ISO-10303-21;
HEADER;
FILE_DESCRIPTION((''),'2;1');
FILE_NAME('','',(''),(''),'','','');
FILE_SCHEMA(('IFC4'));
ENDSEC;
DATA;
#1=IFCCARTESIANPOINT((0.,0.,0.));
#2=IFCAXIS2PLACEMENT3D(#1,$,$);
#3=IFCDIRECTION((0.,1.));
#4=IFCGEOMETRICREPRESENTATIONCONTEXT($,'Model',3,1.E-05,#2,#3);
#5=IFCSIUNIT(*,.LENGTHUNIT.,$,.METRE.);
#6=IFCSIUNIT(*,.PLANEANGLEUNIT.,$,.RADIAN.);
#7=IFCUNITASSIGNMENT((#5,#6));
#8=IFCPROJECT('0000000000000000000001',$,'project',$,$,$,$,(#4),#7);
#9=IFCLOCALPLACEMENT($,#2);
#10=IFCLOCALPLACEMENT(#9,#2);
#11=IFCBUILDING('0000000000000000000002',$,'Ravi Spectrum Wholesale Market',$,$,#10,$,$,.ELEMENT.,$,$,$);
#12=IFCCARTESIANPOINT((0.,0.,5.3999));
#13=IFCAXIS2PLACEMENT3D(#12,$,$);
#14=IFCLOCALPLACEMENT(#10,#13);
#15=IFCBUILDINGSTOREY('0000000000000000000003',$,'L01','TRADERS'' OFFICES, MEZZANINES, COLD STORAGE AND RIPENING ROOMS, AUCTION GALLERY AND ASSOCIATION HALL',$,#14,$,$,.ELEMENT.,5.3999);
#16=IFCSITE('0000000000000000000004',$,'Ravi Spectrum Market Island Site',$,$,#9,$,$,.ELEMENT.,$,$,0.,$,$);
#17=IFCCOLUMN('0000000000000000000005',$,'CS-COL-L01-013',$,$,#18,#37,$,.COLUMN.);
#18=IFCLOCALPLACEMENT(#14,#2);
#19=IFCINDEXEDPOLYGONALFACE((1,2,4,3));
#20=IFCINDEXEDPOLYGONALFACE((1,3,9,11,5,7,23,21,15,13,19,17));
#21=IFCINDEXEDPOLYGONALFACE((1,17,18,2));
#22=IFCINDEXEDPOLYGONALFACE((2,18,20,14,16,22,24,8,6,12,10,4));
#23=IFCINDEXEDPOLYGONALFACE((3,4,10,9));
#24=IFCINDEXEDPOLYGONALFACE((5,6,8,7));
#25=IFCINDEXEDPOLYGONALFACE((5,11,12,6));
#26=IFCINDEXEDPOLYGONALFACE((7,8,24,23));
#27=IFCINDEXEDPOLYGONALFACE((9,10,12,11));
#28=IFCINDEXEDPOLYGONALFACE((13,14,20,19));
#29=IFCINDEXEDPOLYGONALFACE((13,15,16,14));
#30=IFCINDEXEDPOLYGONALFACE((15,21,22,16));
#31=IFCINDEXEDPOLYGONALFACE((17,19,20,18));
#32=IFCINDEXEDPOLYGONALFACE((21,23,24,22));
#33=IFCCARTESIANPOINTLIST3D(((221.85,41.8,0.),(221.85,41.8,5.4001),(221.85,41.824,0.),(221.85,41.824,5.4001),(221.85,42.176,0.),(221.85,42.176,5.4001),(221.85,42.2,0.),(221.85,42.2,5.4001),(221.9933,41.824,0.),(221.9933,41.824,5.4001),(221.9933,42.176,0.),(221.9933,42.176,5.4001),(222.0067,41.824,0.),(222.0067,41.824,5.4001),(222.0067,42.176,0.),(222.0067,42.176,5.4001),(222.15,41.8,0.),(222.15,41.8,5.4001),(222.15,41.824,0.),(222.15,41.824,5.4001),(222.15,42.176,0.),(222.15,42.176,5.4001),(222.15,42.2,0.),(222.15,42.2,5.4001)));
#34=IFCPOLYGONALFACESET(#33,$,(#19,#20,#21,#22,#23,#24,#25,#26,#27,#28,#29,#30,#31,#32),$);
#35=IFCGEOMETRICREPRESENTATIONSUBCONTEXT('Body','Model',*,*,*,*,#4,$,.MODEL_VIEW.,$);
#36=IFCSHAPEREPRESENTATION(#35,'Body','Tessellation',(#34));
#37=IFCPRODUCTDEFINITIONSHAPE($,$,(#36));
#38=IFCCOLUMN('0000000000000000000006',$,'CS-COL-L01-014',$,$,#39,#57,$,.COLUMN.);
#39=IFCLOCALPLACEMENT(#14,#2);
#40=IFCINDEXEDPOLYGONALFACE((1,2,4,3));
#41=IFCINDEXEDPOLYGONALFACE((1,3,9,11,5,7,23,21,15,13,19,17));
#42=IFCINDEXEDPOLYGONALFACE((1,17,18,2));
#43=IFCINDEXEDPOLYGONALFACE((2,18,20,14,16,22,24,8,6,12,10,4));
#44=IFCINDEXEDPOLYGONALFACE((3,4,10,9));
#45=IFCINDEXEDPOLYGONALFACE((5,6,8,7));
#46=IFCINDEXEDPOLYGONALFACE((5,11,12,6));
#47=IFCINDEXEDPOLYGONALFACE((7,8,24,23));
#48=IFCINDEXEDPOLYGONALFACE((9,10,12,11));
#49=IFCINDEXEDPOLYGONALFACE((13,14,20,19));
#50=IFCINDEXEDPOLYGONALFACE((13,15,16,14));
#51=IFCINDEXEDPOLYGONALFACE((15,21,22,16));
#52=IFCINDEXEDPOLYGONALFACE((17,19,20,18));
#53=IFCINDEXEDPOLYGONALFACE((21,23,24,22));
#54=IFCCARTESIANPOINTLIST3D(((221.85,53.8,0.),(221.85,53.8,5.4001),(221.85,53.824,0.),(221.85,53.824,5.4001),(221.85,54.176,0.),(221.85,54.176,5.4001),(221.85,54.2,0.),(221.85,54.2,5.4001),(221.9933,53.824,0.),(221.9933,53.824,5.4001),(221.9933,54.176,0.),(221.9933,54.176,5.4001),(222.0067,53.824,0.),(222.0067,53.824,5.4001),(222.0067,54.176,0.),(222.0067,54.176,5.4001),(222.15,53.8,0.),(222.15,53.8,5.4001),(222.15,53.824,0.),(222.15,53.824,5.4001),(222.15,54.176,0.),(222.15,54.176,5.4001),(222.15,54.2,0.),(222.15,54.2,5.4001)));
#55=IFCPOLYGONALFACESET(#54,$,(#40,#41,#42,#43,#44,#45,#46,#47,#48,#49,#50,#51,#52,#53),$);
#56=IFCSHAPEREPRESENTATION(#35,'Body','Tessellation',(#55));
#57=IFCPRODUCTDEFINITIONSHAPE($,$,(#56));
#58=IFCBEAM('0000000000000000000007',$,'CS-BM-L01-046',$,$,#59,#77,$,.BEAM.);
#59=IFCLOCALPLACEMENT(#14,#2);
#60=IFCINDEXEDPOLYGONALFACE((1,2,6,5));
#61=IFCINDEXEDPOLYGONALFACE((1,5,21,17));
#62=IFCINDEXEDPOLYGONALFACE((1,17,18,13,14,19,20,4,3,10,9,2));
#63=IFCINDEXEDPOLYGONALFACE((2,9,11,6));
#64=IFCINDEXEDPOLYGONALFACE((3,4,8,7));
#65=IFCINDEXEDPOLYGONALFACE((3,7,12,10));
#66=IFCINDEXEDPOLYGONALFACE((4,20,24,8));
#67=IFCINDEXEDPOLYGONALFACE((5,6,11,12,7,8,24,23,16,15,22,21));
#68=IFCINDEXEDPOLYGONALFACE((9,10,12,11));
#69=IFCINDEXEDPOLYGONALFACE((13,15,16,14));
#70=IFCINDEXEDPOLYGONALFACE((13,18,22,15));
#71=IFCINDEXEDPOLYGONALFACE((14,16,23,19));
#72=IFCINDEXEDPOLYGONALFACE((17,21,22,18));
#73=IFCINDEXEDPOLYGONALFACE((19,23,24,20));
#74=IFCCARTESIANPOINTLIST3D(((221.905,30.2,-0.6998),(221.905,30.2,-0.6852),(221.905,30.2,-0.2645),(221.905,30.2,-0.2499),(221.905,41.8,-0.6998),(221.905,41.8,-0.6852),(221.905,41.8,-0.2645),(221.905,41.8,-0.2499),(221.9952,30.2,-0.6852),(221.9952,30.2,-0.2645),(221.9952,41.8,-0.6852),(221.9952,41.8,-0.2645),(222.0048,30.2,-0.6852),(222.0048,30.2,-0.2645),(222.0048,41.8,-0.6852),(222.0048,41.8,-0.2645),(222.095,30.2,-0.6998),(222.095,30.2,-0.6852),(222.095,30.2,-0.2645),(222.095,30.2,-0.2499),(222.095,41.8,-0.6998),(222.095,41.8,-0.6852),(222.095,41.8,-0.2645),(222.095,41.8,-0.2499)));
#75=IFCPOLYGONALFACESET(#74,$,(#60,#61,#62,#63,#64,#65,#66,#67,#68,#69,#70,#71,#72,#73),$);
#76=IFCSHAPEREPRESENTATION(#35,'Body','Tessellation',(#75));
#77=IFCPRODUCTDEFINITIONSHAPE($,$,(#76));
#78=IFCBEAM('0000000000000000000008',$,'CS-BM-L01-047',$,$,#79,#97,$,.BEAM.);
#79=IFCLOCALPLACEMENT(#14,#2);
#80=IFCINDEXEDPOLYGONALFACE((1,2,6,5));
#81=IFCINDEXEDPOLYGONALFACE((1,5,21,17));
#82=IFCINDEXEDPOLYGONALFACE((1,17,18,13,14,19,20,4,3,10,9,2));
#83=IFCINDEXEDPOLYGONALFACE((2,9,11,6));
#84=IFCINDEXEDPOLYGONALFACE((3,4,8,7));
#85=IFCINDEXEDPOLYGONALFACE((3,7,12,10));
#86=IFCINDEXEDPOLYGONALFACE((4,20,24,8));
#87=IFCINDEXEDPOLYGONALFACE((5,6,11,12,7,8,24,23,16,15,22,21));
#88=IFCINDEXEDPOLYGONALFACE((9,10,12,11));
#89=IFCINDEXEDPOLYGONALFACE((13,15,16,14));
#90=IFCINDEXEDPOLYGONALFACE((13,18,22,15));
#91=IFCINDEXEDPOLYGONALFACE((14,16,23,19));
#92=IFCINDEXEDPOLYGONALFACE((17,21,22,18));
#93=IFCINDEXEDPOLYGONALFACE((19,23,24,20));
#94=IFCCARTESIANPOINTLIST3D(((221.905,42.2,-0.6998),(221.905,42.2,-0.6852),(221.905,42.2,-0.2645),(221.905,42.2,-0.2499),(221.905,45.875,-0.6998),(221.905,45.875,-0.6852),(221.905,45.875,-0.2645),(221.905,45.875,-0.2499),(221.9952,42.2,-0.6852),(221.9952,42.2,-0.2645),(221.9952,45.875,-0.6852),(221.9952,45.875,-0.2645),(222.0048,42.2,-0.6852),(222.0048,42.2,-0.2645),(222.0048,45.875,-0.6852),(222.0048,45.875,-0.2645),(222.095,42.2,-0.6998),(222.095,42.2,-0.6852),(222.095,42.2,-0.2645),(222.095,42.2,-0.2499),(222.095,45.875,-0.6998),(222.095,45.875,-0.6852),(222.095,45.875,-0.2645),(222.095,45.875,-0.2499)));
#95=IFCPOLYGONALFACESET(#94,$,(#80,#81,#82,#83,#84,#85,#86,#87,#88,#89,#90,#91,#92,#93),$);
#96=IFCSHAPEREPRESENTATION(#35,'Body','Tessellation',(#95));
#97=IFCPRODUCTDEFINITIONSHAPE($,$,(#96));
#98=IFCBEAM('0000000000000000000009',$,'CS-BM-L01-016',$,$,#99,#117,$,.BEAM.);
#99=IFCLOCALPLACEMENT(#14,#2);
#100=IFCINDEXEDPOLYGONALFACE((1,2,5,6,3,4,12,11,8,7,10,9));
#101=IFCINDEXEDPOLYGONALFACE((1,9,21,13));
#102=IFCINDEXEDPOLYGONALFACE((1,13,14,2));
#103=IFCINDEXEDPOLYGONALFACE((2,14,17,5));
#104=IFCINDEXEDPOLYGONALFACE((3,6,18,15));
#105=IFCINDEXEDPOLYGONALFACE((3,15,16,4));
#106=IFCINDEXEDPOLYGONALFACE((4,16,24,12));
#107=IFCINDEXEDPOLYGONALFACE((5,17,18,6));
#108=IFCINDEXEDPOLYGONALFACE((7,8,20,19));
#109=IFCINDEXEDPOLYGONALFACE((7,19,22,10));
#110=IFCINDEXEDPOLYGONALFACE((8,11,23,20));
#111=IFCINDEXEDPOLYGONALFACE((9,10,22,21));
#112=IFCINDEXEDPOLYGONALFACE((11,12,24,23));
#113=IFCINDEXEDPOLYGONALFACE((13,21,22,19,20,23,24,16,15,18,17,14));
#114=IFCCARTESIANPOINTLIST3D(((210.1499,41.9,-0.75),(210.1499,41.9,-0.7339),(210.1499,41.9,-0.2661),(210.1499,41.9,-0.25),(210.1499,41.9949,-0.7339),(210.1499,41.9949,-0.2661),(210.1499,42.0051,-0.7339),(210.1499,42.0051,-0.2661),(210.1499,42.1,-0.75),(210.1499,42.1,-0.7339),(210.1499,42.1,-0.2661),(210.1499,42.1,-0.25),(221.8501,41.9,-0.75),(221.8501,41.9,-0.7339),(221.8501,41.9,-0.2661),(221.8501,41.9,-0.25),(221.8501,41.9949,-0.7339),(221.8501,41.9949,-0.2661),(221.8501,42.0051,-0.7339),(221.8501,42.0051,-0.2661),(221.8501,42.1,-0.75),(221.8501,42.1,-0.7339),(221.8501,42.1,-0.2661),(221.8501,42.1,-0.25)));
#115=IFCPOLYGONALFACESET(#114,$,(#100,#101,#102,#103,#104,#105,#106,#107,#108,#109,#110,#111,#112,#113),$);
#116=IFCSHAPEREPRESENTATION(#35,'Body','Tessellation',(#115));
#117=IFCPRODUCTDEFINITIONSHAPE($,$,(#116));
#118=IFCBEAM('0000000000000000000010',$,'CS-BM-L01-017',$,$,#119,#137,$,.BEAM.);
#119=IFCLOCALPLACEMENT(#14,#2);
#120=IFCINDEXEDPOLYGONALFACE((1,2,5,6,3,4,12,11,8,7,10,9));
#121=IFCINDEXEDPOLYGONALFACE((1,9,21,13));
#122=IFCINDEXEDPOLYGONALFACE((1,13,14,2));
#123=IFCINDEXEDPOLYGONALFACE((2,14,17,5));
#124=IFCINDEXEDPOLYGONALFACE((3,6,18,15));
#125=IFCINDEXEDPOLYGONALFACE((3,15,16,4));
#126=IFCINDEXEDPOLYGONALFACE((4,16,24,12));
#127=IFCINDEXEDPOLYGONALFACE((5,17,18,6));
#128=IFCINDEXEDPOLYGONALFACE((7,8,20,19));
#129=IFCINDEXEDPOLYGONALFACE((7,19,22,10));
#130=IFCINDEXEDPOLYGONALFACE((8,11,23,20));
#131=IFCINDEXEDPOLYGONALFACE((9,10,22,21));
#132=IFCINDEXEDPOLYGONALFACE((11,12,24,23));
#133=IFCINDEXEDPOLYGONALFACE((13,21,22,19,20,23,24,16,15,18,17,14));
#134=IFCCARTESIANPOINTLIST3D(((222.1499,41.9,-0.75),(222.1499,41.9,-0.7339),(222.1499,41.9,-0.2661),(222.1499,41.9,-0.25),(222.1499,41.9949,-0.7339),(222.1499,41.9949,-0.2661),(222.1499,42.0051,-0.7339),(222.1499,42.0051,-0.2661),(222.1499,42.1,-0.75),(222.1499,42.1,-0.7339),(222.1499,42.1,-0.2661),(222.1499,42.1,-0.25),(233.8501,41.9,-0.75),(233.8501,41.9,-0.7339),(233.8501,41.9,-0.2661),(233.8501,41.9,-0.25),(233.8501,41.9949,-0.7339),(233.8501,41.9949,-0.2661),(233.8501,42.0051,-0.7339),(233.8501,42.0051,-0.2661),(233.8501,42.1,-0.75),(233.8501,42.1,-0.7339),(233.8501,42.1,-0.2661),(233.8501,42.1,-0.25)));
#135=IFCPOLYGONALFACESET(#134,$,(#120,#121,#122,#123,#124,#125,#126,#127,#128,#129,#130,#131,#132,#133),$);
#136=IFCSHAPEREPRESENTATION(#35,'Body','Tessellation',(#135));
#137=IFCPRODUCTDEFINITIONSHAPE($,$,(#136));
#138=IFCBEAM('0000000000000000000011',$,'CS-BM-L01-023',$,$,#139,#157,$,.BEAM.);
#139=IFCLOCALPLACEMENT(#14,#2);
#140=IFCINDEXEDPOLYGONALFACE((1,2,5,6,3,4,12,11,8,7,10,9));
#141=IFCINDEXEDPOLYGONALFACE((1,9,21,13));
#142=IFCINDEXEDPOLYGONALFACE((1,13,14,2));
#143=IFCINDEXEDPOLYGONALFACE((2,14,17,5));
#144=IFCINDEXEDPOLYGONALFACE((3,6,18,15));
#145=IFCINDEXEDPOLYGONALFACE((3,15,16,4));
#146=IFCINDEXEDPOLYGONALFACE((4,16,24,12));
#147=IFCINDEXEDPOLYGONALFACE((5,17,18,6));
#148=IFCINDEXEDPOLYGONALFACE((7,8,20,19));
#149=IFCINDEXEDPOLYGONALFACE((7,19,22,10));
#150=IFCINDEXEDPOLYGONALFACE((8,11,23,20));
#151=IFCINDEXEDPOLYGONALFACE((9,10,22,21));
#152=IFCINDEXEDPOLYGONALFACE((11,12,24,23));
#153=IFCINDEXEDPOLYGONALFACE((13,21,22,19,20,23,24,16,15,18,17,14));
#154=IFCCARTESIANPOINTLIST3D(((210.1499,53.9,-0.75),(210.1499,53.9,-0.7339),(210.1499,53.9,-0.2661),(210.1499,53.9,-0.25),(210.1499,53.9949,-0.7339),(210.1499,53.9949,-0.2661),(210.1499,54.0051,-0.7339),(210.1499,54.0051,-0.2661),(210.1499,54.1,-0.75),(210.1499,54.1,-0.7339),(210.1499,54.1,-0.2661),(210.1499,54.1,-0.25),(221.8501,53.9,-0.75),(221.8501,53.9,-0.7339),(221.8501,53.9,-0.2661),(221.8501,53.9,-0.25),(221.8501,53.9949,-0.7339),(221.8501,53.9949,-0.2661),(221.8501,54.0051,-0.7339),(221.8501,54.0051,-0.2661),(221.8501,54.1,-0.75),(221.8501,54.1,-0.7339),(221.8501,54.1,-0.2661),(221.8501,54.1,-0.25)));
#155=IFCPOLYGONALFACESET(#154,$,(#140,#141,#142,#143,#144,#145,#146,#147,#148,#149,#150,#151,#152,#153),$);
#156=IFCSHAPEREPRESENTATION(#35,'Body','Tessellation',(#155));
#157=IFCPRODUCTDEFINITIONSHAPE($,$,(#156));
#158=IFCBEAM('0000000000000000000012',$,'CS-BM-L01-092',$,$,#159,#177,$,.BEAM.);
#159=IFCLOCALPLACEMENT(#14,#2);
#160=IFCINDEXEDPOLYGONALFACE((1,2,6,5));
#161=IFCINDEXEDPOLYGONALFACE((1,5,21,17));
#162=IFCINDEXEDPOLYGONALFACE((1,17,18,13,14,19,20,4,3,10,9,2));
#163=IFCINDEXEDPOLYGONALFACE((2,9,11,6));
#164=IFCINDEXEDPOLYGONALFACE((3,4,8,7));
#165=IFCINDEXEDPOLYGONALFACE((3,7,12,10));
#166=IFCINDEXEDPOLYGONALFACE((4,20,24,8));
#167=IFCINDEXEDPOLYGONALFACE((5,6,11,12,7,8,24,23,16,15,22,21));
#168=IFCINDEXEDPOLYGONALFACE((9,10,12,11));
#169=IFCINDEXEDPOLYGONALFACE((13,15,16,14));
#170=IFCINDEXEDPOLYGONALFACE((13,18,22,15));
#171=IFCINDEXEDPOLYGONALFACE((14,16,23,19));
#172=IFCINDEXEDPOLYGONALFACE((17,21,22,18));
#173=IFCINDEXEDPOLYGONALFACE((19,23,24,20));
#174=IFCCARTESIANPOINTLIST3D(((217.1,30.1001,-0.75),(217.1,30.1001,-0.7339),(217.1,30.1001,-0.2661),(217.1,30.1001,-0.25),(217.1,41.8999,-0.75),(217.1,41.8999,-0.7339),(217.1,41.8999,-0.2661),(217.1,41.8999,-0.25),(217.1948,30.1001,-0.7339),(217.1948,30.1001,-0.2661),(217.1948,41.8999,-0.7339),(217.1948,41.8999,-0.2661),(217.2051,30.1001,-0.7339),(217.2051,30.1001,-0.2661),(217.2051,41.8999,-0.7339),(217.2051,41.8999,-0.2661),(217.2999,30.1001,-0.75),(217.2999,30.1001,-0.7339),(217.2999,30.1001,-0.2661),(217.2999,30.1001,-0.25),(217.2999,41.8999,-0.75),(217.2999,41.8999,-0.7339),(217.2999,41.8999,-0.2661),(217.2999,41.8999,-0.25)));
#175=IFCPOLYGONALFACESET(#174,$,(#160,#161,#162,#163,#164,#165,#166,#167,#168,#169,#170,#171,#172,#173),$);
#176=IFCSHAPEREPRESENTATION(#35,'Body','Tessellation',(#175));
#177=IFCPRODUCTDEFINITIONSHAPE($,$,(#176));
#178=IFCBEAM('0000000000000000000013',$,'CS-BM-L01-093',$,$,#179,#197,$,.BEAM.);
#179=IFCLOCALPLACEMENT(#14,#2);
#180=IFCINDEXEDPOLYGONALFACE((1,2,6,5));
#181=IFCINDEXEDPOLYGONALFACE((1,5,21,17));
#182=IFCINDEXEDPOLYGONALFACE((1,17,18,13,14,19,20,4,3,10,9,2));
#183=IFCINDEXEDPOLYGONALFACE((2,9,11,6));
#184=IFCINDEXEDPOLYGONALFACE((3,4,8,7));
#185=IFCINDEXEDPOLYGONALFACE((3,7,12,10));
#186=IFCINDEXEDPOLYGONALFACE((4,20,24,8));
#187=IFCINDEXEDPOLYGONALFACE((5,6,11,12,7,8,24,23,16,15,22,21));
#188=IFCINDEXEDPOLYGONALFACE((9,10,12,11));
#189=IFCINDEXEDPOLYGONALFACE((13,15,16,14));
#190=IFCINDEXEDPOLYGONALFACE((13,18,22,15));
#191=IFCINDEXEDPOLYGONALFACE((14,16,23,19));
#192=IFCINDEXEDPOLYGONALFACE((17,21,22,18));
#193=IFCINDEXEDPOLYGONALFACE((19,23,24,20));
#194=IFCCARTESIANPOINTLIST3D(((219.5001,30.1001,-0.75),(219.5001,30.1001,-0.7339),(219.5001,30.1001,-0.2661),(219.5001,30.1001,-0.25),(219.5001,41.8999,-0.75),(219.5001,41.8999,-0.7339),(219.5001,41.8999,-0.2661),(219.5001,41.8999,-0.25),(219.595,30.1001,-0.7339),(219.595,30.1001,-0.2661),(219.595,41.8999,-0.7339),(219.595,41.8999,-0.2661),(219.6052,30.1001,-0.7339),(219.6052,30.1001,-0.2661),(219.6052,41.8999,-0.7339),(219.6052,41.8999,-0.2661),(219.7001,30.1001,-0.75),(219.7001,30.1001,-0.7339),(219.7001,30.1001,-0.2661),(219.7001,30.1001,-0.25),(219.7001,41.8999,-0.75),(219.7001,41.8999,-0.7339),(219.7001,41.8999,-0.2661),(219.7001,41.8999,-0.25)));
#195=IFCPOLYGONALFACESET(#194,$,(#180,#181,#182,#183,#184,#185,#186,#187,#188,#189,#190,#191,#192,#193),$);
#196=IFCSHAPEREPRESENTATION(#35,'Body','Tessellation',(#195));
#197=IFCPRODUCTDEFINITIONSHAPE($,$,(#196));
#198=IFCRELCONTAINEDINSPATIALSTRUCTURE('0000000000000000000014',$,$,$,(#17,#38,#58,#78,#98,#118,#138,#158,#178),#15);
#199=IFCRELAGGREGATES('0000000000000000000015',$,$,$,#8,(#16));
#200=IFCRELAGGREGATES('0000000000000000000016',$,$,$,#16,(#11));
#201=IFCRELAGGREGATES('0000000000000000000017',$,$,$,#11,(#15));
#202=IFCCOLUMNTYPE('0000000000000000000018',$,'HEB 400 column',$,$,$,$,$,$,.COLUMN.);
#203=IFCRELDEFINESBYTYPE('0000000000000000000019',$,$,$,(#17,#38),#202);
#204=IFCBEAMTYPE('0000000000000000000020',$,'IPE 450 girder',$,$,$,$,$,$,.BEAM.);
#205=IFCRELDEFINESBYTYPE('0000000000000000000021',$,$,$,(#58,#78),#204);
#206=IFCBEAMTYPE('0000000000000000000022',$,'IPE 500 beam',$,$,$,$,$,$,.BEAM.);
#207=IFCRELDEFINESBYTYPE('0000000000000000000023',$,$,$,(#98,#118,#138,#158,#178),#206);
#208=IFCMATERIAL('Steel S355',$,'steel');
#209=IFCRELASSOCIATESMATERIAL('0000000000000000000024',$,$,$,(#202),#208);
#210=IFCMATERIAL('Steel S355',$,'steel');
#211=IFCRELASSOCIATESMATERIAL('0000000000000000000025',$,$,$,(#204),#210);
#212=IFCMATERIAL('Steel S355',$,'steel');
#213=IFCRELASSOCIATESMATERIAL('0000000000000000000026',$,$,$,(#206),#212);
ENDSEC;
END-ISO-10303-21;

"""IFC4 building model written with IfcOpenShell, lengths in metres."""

from ifc_helpers import new_model, si_unit, direction, frame, origin, origin_2d, place, context, subcontext, project, spatial, i_section, extrude, material, material_profile, profile_set, type_object, element, save


model = new_model("IFC4")

# Units and contexts
model_context = context("Model", 3, precision=1e-05, world=origin(), true_north=direction((0.0, 1.0)))
body_context = subcontext(model_context, "Body", "Model", "MODEL_VIEW")
ifc_project = project(units=[si_unit("LENGTHUNIT", "METRE"), si_unit("PLANEANGLEUNIT", "RADIAN")], contexts=[model_context])

# Site, building, storey
site_placement = place(None, origin())
site = spatial("IfcSite", under=ifc_project, at=site_placement, Name="Ravi Spectrum Market Island Site", CompositionType="ELEMENT", RefElevation=0.0)
building_placement = place(site_placement, origin())
building = spatial("IfcBuilding", under=site, at=building_placement, Name="Ravi Spectrum Wholesale Market", CompositionType="ELEMENT")
storey_placement = place(building_placement, frame((0.0, 0.0, 5.3999)))
storey = spatial("IfcBuildingStorey", under=building, at=storey_placement, Name="L01", Description="TRADERS' OFFICES, MEZZANINES, COLD STORAGE AND RIPENING ROOMS, AUCTION GALLERY AND ASSOCIATION HALL", CompositionType="ELEMENT", Elevation=5.3999)

# Columns
ifc_material_1 = material(Name="Steel S355", Category="steel")
ifc_material_profile_1 = material_profile(ifc_material_1, i_section(OverallWidth=0.3, OverallDepth=0.3999, WebThickness=0.0134, FlangeThickness=0.0239, at=origin_2d()))
ifc_profile_set_1 = profile_set([ifc_material_profile_1], Name="Steel S355")
column_type = type_object("IfcColumnType", Name="HEB 400 column", PredefinedType="COLUMN", material=ifc_profile_set_1)
for number, where, z_axis, x_axis, name in (
    (1, (222.0, 42.0, 0.0), (0.0, 0.0, 1.0), (1.0, 0.0, 0.0), "CS-COL-L01-013"),
    (2, (222.0, 54.0, 0.0), (0.0, 0.0, 1.0), (1.0, 0.0, 0.0), "CS-COL-L01-014"),
):
    element("IfcColumn", number, at=place(storey_placement, frame(where, z_axis=z_axis, x_axis=x_axis)), inside=storey, type_object=column_type, Name=name, PredefinedType="COLUMN", context=body_context, shape_type="SweptSolid", body=[
        extrude(i_section(OverallWidth=0.3, OverallDepth=0.3999, WebThickness=0.0134, FlangeThickness=0.0239, at=origin_2d()), origin(), (0.0, 0.0, 1.0), 5.4001),
    ])

# Beams
ifc_material_2 = material(Name="Steel S355", Category="steel")
ifc_material_profile_2 = material_profile(ifc_material_2, i_section(OverallWidth=0.1899, OverallDepth=0.45, WebThickness=0.0095, FlangeThickness=0.0146, at=origin_2d()))
ifc_profile_set_2 = profile_set([ifc_material_profile_2], Name="Steel S355")
beam_type_1 = type_object("IfcBeamType", Name="IPE 450 girder", PredefinedType="BEAM", material=ifc_profile_set_2)
beam_1_placement = place(storey_placement, frame((222.0, 30.2, -0.4749), z_axis=(0.0, 1.0, 0.0), x_axis=(-1.0, 0.0, 0.0)))
element("IfcBeam", 3, at=beam_1_placement, inside=storey, type_object=beam_type_1, Name="CS-BM-L01-046", PredefinedType="BEAM", context=body_context, shape_type="SweptSolid", body=[
    extrude(i_section(OverallWidth=0.1899, OverallDepth=0.45, WebThickness=0.0095, FlangeThickness=0.0146, at=origin_2d()), origin(), (0.0, 0.0, 1.0), 11.6001),
])
beam_2_placement = place(storey_placement, frame((222.0, 42.2, -0.4749), z_axis=(0.0, 1.0, 0.0), x_axis=(-1.0, 0.0, 0.0)))
element("IfcBeam", 4, at=beam_2_placement, inside=storey, type_object=beam_type_1, Name="CS-BM-L01-047", PredefinedType="BEAM", context=body_context, shape_type="SweptSolid", body=[
    extrude(i_section(OverallWidth=0.1899, OverallDepth=0.45, WebThickness=0.0095, FlangeThickness=0.0146, at=origin_2d()), origin(), (0.0, 0.0, 1.0), 3.675),
])
ifc_material_3 = material(Name="Steel S355", Category="steel")
ifc_material_profile_3 = material_profile(ifc_material_3, i_section(OverallWidth=0.2, OverallDepth=0.5, WebThickness=0.0103, FlangeThickness=0.0161, at=origin_2d()))
ifc_profile_set_3 = profile_set([ifc_material_profile_3], Name="Steel S355")
beam_type_2 = type_object("IfcBeamType", Name="IPE 500 beam", PredefinedType="BEAM", material=ifc_profile_set_3)
for number, where, z_axis, x_axis, name in (
    (5, (210.1499, 42.0, -0.5), (1.0, 0.0, 0.0), (0.0, 1.0, 0.0), "CS-BM-L01-016"),
    (6, (222.1499, 42.0, -0.5), (1.0, 0.0, 0.0), (0.0, 1.0, 0.0), "CS-BM-L01-017"),
    (7, (210.1499, 54.0, -0.5), (1.0, 0.0, 0.0), (0.0, 1.0, 0.0), "CS-BM-L01-023"),
):
    element("IfcBeam", number, at=place(storey_placement, frame(where, z_axis=z_axis, x_axis=x_axis)), inside=storey, type_object=beam_type_2, Name=name, PredefinedType="BEAM", context=body_context, shape_type="SweptSolid", body=[
        extrude(i_section(OverallWidth=0.2, OverallDepth=0.5, WebThickness=0.0103, FlangeThickness=0.0161, at=origin_2d()), origin(), (0.0, 0.0, 1.0), 11.7002),
    ])
for number, where, z_axis, x_axis, name in (
    (8, (217.2, 30.1001, -0.5), (0.0, 1.0, 0.0), (-1.0, 0.0, 0.0), "CS-BM-L01-092"),
    (9, (219.6001, 30.1001, -0.5), (0.0, 1.0, 0.0), (-1.0, 0.0, 0.0), "CS-BM-L01-093"),
):
    element("IfcBeam", number, at=place(storey_placement, frame(where, z_axis=z_axis, x_axis=x_axis)), inside=storey, type_object=beam_type_2, Name=name, PredefinedType="BEAM", context=body_context, shape_type="SweptSolid", body=[
        extrude(i_section(OverallWidth=0.2, OverallDepth=0.5, WebThickness=0.0103, FlangeThickness=0.0161, at=origin_2d()), origin(), (0.0, 0.0, 1.0), 11.7998),
    ])

save(model, "model.ifc")
